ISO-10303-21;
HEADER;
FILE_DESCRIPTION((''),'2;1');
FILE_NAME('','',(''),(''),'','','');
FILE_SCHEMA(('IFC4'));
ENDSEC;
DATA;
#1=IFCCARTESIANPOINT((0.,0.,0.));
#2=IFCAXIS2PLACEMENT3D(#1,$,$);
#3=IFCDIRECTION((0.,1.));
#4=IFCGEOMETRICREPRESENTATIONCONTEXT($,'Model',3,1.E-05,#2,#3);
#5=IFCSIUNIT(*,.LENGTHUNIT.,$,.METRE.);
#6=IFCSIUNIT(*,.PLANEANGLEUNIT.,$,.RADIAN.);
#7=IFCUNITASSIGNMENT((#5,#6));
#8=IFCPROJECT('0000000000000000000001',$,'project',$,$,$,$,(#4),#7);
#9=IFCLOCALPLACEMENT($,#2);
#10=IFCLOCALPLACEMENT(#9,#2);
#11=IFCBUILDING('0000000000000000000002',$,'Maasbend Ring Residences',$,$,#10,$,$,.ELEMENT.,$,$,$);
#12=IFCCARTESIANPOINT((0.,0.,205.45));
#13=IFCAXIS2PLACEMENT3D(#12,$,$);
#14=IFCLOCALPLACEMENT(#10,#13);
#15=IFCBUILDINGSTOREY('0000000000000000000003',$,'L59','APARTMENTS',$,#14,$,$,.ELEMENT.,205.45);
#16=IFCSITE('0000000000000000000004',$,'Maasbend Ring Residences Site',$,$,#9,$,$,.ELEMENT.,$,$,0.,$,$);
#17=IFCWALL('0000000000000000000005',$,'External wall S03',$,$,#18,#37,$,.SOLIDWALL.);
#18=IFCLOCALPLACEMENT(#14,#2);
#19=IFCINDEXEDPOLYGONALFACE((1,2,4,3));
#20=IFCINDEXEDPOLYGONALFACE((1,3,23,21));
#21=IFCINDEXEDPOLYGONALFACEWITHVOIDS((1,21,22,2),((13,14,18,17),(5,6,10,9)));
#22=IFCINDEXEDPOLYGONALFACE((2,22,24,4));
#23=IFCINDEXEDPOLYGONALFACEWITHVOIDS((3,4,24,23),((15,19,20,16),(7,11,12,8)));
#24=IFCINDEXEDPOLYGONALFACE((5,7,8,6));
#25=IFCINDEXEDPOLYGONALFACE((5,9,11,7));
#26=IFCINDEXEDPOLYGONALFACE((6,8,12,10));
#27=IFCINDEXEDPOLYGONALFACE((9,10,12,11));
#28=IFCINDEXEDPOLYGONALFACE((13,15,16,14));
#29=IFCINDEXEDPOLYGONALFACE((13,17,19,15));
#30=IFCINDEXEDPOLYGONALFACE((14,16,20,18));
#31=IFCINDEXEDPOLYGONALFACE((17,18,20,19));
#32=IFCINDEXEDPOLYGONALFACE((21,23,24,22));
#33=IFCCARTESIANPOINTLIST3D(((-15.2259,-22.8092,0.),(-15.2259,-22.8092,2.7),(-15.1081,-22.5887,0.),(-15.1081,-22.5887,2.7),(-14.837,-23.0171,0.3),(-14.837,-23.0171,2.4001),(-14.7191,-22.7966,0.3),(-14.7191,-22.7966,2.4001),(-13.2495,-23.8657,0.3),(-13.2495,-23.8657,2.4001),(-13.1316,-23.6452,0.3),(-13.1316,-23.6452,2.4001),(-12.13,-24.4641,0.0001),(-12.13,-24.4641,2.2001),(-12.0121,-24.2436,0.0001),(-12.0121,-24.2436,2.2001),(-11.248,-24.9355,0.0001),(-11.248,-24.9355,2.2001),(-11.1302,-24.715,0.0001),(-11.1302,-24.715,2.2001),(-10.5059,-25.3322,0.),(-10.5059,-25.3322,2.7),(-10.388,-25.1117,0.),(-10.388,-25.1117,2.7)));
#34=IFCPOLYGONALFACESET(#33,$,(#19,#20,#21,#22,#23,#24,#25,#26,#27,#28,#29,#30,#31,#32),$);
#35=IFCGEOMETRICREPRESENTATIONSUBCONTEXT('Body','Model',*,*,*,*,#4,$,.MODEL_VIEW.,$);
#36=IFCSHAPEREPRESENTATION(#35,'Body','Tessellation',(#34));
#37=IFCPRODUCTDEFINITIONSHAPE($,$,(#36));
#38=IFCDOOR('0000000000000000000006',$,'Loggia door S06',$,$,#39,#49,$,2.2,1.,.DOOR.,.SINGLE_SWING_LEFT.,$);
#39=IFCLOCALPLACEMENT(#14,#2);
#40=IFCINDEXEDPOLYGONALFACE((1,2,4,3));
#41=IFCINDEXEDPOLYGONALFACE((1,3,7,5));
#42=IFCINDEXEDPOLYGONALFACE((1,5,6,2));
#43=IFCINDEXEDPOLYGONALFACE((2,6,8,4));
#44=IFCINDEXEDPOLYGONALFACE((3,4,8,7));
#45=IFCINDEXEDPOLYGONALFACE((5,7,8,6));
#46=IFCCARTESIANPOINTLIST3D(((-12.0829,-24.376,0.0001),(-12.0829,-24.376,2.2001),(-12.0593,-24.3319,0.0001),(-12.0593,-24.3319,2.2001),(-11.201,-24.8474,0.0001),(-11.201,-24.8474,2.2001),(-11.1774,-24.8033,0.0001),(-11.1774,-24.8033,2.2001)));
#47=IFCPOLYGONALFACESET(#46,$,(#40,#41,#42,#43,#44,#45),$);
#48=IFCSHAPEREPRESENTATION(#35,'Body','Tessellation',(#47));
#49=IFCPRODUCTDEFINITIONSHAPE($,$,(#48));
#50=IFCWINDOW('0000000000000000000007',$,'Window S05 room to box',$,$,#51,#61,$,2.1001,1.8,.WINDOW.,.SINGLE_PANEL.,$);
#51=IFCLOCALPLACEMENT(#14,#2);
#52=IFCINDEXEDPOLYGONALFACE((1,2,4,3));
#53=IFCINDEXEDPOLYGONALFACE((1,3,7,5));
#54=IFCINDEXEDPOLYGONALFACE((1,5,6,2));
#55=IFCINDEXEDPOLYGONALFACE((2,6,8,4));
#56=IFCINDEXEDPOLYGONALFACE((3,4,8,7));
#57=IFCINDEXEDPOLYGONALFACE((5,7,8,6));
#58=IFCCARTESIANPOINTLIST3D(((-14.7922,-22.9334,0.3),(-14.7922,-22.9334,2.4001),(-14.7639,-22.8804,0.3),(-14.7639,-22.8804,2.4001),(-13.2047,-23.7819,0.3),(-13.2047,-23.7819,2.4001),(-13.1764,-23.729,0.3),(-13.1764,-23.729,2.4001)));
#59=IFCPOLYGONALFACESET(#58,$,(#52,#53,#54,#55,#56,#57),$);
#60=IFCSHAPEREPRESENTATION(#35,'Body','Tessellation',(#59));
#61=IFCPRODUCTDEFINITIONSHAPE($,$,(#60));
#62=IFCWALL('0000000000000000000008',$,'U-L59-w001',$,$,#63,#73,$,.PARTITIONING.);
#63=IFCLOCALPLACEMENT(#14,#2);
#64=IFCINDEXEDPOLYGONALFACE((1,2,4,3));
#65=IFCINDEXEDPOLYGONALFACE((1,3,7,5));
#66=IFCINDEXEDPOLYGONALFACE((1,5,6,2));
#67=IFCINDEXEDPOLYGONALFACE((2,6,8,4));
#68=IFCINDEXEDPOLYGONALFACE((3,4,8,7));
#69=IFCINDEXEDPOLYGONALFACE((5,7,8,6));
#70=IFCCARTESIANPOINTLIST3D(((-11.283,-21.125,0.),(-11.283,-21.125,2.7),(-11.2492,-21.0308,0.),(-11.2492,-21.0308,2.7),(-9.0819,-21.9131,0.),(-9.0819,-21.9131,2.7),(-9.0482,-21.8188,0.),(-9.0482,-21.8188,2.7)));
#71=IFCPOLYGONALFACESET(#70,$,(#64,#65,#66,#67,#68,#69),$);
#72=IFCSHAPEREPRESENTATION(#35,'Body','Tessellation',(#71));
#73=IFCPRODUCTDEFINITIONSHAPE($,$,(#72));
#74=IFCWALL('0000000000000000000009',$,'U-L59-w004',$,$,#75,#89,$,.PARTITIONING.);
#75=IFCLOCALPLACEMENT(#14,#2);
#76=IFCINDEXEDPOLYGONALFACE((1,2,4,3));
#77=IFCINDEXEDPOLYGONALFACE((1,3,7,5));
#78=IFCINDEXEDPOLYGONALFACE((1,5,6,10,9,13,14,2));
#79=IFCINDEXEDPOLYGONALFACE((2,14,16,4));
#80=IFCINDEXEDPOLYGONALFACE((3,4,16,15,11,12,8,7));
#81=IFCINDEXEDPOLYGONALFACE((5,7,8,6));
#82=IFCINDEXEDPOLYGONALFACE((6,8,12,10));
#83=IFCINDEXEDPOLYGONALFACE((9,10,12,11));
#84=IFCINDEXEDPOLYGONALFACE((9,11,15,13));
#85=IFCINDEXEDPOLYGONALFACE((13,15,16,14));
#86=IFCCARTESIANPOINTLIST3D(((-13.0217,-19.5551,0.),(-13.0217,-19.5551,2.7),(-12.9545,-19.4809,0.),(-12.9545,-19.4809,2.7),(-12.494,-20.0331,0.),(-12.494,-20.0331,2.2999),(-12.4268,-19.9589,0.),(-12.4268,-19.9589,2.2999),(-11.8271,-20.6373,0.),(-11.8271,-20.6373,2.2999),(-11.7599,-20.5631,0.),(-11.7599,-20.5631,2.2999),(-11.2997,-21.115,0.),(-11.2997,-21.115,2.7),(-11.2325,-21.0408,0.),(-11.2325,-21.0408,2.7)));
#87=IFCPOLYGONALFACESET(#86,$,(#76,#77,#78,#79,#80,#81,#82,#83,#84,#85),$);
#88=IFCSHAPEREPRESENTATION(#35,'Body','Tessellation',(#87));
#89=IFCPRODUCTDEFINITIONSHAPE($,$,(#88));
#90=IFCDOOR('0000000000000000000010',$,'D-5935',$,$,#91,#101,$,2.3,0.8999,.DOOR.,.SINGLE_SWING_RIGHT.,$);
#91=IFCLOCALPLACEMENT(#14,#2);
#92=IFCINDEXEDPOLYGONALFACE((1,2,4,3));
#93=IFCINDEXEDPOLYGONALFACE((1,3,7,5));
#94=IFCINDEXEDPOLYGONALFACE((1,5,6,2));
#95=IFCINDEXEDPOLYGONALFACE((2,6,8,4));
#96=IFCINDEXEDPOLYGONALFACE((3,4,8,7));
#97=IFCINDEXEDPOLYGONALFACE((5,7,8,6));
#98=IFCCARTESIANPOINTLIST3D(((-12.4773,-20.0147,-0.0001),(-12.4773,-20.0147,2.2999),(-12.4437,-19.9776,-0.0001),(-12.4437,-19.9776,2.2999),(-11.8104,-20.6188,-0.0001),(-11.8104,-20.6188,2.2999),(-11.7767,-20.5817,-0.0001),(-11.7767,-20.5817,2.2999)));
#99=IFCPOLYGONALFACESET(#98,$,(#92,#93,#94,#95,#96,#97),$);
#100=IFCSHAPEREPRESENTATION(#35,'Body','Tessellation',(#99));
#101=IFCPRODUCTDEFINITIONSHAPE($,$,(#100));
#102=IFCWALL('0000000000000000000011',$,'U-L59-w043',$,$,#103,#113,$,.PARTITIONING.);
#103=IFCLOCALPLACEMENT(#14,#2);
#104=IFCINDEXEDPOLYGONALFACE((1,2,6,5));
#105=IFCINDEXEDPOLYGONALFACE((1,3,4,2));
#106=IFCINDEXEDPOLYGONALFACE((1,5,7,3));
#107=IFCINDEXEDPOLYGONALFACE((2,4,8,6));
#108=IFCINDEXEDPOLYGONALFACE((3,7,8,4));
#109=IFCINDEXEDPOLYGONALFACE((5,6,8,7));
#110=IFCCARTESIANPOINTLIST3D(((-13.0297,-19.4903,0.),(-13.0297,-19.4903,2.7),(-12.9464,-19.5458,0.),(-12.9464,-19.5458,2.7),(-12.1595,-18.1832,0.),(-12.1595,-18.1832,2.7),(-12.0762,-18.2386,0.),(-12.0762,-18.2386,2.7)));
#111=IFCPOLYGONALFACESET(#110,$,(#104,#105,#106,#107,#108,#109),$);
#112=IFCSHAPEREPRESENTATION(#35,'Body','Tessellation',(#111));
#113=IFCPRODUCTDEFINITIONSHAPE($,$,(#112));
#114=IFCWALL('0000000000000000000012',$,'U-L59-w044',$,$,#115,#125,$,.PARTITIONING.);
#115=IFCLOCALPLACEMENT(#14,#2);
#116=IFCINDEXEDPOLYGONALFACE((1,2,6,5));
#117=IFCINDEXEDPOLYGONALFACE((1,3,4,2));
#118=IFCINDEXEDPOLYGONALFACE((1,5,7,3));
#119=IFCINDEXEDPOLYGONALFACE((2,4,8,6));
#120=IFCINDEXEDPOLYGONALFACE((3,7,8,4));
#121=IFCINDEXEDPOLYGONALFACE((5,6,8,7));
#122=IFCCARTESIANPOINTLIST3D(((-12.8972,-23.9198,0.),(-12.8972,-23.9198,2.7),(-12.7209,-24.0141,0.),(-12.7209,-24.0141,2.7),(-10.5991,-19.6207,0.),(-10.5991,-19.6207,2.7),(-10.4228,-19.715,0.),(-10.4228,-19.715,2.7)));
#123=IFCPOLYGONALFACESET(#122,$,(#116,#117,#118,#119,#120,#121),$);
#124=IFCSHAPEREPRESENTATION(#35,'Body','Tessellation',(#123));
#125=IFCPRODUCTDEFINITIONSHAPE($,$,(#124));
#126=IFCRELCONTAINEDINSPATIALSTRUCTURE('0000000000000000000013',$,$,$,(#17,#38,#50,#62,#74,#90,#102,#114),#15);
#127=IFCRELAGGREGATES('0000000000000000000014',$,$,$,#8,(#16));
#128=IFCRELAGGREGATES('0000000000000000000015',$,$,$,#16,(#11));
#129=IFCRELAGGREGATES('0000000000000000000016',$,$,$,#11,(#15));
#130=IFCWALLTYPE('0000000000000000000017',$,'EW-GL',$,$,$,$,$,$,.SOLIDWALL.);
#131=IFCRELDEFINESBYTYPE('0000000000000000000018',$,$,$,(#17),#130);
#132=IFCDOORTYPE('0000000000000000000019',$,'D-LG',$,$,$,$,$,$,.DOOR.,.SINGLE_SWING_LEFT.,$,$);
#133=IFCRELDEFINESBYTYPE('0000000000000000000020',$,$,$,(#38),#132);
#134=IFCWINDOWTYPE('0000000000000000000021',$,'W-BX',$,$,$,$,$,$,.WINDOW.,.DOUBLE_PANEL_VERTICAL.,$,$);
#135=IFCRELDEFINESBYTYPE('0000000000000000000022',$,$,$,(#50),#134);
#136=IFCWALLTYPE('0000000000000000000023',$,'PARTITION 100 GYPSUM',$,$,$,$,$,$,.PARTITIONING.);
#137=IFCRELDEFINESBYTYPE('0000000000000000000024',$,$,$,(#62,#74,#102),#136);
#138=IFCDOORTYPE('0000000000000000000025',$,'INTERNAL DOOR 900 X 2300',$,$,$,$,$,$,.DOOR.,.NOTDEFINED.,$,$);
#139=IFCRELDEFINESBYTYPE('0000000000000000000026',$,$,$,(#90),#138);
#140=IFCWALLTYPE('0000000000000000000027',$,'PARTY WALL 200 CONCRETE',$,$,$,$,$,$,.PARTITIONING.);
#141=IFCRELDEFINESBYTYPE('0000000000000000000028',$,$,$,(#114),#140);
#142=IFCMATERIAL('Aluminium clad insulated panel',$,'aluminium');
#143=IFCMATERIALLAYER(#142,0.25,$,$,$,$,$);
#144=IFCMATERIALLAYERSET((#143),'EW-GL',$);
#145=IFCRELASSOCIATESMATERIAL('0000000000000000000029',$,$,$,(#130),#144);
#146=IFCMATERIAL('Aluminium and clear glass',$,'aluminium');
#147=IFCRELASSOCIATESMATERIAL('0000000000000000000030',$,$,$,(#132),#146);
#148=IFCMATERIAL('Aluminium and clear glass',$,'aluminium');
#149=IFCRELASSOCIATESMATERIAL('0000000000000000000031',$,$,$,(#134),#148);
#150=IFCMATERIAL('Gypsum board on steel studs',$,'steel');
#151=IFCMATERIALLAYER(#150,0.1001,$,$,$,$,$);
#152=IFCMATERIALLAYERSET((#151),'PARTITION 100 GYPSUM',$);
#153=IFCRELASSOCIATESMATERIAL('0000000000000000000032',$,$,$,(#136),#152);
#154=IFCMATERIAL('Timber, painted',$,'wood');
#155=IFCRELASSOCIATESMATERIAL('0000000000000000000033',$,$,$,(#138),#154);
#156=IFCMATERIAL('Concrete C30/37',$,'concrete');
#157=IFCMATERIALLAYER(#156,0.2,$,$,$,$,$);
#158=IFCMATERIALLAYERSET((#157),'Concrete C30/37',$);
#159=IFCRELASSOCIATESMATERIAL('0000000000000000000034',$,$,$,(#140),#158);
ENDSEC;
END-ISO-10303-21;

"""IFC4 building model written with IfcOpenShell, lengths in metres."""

from ifc_helpers import new_model, si_unit, direction, frame, frame_2d, origin, place, context, subcontext, project, spatial, rectangle, extrude, material, layer, layer_set, type_object, element, fill, save


model = new_model("IFC4")

# Units and contexts
model_context = context("Model", 3, precision=1e-05, world=origin(), true_north=direction((0.0, 1.0)))
body_context = subcontext(model_context, "Body", "Model", "MODEL_VIEW")
ifc_project = project(units=[si_unit("LENGTHUNIT", "METRE"), si_unit("PLANEANGLEUNIT", "RADIAN")], contexts=[model_context])

# Site, building, storey
site_placement = place(None, origin())
site = spatial("IfcSite", under=ifc_project, at=site_placement, Name="Maasbend Ring Residences Site", CompositionType="ELEMENT", RefElevation=0.0)
building_placement = place(site_placement, origin())
building = spatial("IfcBuilding", under=site, at=building_placement, Name="Maasbend Ring Residences", CompositionType="ELEMENT")
storey_placement = place(building_placement, frame((0.0, 0.0, 205.45)))
storey = spatial("IfcBuildingStorey", under=building, at=storey_placement, Name="L59", Description="APARTMENTS", CompositionType="ELEMENT", Elevation=205.45)

# Wall, openings, door, window
ifc_material_1 = material(Name="Aluminium clad insulated panel", Category="aluminium")
ifc_layer_1 = layer(ifc_material_1, 0.25)
ifc_layer_set_1 = layer_set([ifc_layer_1], Name="EW-GL")
wall_type_1 = type_object("IfcWallType", Name="EW-GL", PredefinedType="SOLIDWALL", material=ifc_layer_set_1)
wall_1_placement = place(storey_placement, frame((-15.167, -22.699, 0.0), z_axis=(0.0, 0.0, 1.0), x_axis=(0.881916, -0.471407, 0.0)))
wall_1 = element("IfcWall", 1, at=wall_1_placement, inside=storey, type_object=wall_type_1, Name="External wall S03", PredefinedType="SOLIDWALL", context=body_context, shape_type="SweptSolid", body=[
    extrude(rectangle(XDim=5.3521, YDim=0.25, at=frame_2d((2.676, 0.0))), origin(), (0.0, 0.0, 1.0), 2.7),
])
opening_1_placement = place(wall_1_placement, frame((0.4412, 0.0, 0.3)))
opening_1 = element("IfcOpeningElement", 2, at=opening_1_placement, cuts=wall_1, PredefinedType="OPENING", context=body_context, shape_type="SweptSolid", body=[
    extrude(rectangle(XDim=1.8, YDim=2.1001, at=frame_2d((0.8999, 1.05))), frame((0.0, 0.135, 0.0), z_axis=(0.0, -1.0, 0.0), x_axis=(1.0, 0.0, 0.0)), (0.0, 0.0, 1.0), 0.27),
])
opening_2_placement = place(wall_1_placement, frame((3.5105, 0.0, 0.0)))
opening_2 = element("IfcOpeningElement", 3, at=opening_2_placement, cuts=wall_1, PredefinedType="OPENING", context=body_context, shape_type="SweptSolid", body=[
    extrude(rectangle(XDim=1.0, YDim=2.2, at=frame_2d((0.5, 1.1001))), frame((0.0, 0.135, 0.0), z_axis=(0.0, -1.0, 0.0), x_axis=(1.0, 0.0, 0.0)), (0.0, 0.0, 1.0), 0.27),
])
ifc_material_2 = material(Name="Aluminium and clear glass", Category="aluminium")
door_type_1 = type_object("IfcDoorType", Name="D-LG", OperationType="SINGLE_SWING_LEFT", PredefinedType="DOOR", material=ifc_material_2)
door_1_placement = place(opening_2_placement, origin())
door_1 = element("IfcDoor", 4, at=door_1_placement, inside=storey, type_object=door_type_1, Name="Loggia door S06", OperationType="SINGLE_SWING_LEFT", OverallHeight=2.2, OverallWidth=1.0, PredefinedType="DOOR", context=body_context, shape_type="SweptSolid", body=[
    extrude(rectangle(XDim=1.0, YDim=2.2, at=frame_2d((0.5, 1.1001))), frame((0.0, 0.0249, 0.0), z_axis=(0.0, -1.0, 0.0), x_axis=(1.0, 0.0, 0.0)), (0.0, 0.0, 1.0), 0.05),
])
fill(opening_2, door_1)
ifc_material_3 = material(Name="Aluminium and clear glass", Category="aluminium")
window_type_1 = type_object("IfcWindowType", Name="W-BX", PartitioningType="DOUBLE_PANEL_VERTICAL", PredefinedType="WINDOW", material=ifc_material_3)
window_1_placement = place(opening_1_placement, origin())
window_1 = element("IfcWindow", 5, at=window_1_placement, inside=storey, type_object=window_type_1, Name="Window S05 room to box", OverallHeight=2.1001, OverallWidth=1.8, PartitioningType="SINGLE_PANEL", PredefinedType="WINDOW", context=body_context, shape_type="SweptSolid", body=[
    extrude(rectangle(XDim=1.8, YDim=2.1001, at=frame_2d((0.8999, 1.05))), frame((0.0, 0.03, 0.0), z_axis=(0.0, -1.0, 0.0), x_axis=(1.0, 0.0, 0.0)), (0.0, 0.0, 1.0), 0.0601),
])
fill(opening_1, window_1)

# Wall
ifc_material_4 = material(Name="Gypsum board on steel studs", Category="steel")
ifc_layer_2 = layer(ifc_material_4, 0.1001)
ifc_layer_set_2 = layer_set([ifc_layer_2], Name="PARTITION 100 GYPSUM")
wall_type_2 = type_object("IfcWallType", Name="PARTITION 100 GYPSUM", PredefinedType="PARTITIONING", material=ifc_layer_set_2)
wall_2_placement = place(storey_placement, frame((-11.2661, -21.0779, 0.0), z_axis=(0.0, 0.0, 1.0), x_axis=(0.941477, -0.337077, 0.0)))
element("IfcWall", 6, at=wall_2_placement, inside=storey, type_object=wall_type_2, Name="U-L59-w001", PredefinedType="PARTITIONING", context=body_context, shape_type="SweptSolid", body=[
    extrude(rectangle(XDim=2.3379, YDim=0.1001, at=frame_2d((1.1689, 0.0))), origin(), (0.0, 0.0, 1.0), 2.7),
])

# Wall, opening, door
wall_3_placement = place(storey_placement, frame((-12.988, -19.5181, 0.0), z_axis=(0.0, 0.0, 1.0), x_axis=(0.741132, -0.671359, 0.0)))
wall_3 = element("IfcWall", 7, at=wall_3_placement, inside=storey, type_object=wall_type_2, Name="U-L59-w004", PredefinedType="PARTITIONING", context=body_context, shape_type="SweptSolid", body=[
    extrude(rectangle(XDim=2.3235, YDim=0.1001, at=frame_2d((1.1616, 0.0))), origin(), (0.0, 0.0, 1.0), 2.7),
])
opening_3_placement = place(wall_3_placement, frame((0.7119, 0.0, 0.0)))
opening_3 = element("IfcOpeningElement", 8, at=opening_3_placement, cuts=wall_3, PredefinedType="OPENING", context=body_context, shape_type="SweptSolid", body=[
    extrude(rectangle(XDim=0.8999, YDim=2.3, at=frame_2d((0.45, 1.1499))), frame((0.0, 0.0601, 0.0), z_axis=(0.0, -1.0, 0.0), x_axis=(1.0, 0.0, 0.0)), (0.0, 0.0, 1.0), 0.1201),
])
ifc_material_5 = material(Name="Timber, painted", Category="wood")
door_type_2 = type_object("IfcDoorType", Name="INTERNAL DOOR 900 X 2300", OperationType="NOTDEFINED", PredefinedType="DOOR", material=ifc_material_5)
door_2_placement = place(opening_3_placement, origin())
door_2 = element("IfcDoor", 9, at=door_2_placement, inside=storey, type_object=door_type_2, Name="D-5935", OperationType="SINGLE_SWING_RIGHT", OverallHeight=2.3, OverallWidth=0.8999, PredefinedType="DOOR", context=body_context, shape_type="SweptSolid", body=[
    extrude(rectangle(XDim=0.8999, YDim=2.3, at=frame_2d((0.45, 1.1499))), frame((0.0, 0.0249, 0.0), z_axis=(0.0, -1.0, 0.0), x_axis=(1.0, 0.0, 0.0)), (0.0, 0.0, 1.0), 0.05),
])
fill(opening_3, door_2)

# Walls
wall_4_placement = place(storey_placement, frame((-12.988, -19.5181, 0.0), z_axis=(0.0, 0.0, 1.0), x_axis=(0.554126, 0.832433, 0.0)))
element("IfcWall", 10, at=wall_4_placement, inside=storey, type_object=wall_type_2, Name="U-L59-w043", PredefinedType="PARTITIONING", context=body_context, shape_type="SweptSolid", body=[
    extrude(rectangle(XDim=1.5703, YDim=0.1001, at=frame_2d((0.7852, 0.0))), origin(), (0.0, 0.0, 1.0), 2.7),
])
ifc_material_6 = material(Name="Concrete C30/37", Category="concrete")
ifc_layer_3 = layer(ifc_material_6, 0.2)
ifc_layer_set_3 = layer_set([ifc_layer_3], Name="Concrete C30/37")
wall_type_3 = type_object("IfcWallType", Name="PARTY WALL 200 CONCRETE", PredefinedType="PARTITIONING", material=ifc_layer_set_3)
wall_5_placement = place(storey_placement, frame((-12.8091, -23.967, 0.0), z_axis=(0.0, 0.0, 1.0), x_axis=(0.471428, 0.881905, 0.0)))
element("IfcWall", 11, at=wall_5_placement, inside=storey, type_object=wall_type_3, Name="U-L59-w044", PredefinedType="PARTITIONING", context=body_context, shape_type="SweptSolid", body=[
    extrude(rectangle(XDim=4.8748, YDim=0.2, at=frame_2d((2.4375, 0.0))), origin(), (0.0, 0.0, 1.0), 2.7),
])

save(model, "model.ifc")
